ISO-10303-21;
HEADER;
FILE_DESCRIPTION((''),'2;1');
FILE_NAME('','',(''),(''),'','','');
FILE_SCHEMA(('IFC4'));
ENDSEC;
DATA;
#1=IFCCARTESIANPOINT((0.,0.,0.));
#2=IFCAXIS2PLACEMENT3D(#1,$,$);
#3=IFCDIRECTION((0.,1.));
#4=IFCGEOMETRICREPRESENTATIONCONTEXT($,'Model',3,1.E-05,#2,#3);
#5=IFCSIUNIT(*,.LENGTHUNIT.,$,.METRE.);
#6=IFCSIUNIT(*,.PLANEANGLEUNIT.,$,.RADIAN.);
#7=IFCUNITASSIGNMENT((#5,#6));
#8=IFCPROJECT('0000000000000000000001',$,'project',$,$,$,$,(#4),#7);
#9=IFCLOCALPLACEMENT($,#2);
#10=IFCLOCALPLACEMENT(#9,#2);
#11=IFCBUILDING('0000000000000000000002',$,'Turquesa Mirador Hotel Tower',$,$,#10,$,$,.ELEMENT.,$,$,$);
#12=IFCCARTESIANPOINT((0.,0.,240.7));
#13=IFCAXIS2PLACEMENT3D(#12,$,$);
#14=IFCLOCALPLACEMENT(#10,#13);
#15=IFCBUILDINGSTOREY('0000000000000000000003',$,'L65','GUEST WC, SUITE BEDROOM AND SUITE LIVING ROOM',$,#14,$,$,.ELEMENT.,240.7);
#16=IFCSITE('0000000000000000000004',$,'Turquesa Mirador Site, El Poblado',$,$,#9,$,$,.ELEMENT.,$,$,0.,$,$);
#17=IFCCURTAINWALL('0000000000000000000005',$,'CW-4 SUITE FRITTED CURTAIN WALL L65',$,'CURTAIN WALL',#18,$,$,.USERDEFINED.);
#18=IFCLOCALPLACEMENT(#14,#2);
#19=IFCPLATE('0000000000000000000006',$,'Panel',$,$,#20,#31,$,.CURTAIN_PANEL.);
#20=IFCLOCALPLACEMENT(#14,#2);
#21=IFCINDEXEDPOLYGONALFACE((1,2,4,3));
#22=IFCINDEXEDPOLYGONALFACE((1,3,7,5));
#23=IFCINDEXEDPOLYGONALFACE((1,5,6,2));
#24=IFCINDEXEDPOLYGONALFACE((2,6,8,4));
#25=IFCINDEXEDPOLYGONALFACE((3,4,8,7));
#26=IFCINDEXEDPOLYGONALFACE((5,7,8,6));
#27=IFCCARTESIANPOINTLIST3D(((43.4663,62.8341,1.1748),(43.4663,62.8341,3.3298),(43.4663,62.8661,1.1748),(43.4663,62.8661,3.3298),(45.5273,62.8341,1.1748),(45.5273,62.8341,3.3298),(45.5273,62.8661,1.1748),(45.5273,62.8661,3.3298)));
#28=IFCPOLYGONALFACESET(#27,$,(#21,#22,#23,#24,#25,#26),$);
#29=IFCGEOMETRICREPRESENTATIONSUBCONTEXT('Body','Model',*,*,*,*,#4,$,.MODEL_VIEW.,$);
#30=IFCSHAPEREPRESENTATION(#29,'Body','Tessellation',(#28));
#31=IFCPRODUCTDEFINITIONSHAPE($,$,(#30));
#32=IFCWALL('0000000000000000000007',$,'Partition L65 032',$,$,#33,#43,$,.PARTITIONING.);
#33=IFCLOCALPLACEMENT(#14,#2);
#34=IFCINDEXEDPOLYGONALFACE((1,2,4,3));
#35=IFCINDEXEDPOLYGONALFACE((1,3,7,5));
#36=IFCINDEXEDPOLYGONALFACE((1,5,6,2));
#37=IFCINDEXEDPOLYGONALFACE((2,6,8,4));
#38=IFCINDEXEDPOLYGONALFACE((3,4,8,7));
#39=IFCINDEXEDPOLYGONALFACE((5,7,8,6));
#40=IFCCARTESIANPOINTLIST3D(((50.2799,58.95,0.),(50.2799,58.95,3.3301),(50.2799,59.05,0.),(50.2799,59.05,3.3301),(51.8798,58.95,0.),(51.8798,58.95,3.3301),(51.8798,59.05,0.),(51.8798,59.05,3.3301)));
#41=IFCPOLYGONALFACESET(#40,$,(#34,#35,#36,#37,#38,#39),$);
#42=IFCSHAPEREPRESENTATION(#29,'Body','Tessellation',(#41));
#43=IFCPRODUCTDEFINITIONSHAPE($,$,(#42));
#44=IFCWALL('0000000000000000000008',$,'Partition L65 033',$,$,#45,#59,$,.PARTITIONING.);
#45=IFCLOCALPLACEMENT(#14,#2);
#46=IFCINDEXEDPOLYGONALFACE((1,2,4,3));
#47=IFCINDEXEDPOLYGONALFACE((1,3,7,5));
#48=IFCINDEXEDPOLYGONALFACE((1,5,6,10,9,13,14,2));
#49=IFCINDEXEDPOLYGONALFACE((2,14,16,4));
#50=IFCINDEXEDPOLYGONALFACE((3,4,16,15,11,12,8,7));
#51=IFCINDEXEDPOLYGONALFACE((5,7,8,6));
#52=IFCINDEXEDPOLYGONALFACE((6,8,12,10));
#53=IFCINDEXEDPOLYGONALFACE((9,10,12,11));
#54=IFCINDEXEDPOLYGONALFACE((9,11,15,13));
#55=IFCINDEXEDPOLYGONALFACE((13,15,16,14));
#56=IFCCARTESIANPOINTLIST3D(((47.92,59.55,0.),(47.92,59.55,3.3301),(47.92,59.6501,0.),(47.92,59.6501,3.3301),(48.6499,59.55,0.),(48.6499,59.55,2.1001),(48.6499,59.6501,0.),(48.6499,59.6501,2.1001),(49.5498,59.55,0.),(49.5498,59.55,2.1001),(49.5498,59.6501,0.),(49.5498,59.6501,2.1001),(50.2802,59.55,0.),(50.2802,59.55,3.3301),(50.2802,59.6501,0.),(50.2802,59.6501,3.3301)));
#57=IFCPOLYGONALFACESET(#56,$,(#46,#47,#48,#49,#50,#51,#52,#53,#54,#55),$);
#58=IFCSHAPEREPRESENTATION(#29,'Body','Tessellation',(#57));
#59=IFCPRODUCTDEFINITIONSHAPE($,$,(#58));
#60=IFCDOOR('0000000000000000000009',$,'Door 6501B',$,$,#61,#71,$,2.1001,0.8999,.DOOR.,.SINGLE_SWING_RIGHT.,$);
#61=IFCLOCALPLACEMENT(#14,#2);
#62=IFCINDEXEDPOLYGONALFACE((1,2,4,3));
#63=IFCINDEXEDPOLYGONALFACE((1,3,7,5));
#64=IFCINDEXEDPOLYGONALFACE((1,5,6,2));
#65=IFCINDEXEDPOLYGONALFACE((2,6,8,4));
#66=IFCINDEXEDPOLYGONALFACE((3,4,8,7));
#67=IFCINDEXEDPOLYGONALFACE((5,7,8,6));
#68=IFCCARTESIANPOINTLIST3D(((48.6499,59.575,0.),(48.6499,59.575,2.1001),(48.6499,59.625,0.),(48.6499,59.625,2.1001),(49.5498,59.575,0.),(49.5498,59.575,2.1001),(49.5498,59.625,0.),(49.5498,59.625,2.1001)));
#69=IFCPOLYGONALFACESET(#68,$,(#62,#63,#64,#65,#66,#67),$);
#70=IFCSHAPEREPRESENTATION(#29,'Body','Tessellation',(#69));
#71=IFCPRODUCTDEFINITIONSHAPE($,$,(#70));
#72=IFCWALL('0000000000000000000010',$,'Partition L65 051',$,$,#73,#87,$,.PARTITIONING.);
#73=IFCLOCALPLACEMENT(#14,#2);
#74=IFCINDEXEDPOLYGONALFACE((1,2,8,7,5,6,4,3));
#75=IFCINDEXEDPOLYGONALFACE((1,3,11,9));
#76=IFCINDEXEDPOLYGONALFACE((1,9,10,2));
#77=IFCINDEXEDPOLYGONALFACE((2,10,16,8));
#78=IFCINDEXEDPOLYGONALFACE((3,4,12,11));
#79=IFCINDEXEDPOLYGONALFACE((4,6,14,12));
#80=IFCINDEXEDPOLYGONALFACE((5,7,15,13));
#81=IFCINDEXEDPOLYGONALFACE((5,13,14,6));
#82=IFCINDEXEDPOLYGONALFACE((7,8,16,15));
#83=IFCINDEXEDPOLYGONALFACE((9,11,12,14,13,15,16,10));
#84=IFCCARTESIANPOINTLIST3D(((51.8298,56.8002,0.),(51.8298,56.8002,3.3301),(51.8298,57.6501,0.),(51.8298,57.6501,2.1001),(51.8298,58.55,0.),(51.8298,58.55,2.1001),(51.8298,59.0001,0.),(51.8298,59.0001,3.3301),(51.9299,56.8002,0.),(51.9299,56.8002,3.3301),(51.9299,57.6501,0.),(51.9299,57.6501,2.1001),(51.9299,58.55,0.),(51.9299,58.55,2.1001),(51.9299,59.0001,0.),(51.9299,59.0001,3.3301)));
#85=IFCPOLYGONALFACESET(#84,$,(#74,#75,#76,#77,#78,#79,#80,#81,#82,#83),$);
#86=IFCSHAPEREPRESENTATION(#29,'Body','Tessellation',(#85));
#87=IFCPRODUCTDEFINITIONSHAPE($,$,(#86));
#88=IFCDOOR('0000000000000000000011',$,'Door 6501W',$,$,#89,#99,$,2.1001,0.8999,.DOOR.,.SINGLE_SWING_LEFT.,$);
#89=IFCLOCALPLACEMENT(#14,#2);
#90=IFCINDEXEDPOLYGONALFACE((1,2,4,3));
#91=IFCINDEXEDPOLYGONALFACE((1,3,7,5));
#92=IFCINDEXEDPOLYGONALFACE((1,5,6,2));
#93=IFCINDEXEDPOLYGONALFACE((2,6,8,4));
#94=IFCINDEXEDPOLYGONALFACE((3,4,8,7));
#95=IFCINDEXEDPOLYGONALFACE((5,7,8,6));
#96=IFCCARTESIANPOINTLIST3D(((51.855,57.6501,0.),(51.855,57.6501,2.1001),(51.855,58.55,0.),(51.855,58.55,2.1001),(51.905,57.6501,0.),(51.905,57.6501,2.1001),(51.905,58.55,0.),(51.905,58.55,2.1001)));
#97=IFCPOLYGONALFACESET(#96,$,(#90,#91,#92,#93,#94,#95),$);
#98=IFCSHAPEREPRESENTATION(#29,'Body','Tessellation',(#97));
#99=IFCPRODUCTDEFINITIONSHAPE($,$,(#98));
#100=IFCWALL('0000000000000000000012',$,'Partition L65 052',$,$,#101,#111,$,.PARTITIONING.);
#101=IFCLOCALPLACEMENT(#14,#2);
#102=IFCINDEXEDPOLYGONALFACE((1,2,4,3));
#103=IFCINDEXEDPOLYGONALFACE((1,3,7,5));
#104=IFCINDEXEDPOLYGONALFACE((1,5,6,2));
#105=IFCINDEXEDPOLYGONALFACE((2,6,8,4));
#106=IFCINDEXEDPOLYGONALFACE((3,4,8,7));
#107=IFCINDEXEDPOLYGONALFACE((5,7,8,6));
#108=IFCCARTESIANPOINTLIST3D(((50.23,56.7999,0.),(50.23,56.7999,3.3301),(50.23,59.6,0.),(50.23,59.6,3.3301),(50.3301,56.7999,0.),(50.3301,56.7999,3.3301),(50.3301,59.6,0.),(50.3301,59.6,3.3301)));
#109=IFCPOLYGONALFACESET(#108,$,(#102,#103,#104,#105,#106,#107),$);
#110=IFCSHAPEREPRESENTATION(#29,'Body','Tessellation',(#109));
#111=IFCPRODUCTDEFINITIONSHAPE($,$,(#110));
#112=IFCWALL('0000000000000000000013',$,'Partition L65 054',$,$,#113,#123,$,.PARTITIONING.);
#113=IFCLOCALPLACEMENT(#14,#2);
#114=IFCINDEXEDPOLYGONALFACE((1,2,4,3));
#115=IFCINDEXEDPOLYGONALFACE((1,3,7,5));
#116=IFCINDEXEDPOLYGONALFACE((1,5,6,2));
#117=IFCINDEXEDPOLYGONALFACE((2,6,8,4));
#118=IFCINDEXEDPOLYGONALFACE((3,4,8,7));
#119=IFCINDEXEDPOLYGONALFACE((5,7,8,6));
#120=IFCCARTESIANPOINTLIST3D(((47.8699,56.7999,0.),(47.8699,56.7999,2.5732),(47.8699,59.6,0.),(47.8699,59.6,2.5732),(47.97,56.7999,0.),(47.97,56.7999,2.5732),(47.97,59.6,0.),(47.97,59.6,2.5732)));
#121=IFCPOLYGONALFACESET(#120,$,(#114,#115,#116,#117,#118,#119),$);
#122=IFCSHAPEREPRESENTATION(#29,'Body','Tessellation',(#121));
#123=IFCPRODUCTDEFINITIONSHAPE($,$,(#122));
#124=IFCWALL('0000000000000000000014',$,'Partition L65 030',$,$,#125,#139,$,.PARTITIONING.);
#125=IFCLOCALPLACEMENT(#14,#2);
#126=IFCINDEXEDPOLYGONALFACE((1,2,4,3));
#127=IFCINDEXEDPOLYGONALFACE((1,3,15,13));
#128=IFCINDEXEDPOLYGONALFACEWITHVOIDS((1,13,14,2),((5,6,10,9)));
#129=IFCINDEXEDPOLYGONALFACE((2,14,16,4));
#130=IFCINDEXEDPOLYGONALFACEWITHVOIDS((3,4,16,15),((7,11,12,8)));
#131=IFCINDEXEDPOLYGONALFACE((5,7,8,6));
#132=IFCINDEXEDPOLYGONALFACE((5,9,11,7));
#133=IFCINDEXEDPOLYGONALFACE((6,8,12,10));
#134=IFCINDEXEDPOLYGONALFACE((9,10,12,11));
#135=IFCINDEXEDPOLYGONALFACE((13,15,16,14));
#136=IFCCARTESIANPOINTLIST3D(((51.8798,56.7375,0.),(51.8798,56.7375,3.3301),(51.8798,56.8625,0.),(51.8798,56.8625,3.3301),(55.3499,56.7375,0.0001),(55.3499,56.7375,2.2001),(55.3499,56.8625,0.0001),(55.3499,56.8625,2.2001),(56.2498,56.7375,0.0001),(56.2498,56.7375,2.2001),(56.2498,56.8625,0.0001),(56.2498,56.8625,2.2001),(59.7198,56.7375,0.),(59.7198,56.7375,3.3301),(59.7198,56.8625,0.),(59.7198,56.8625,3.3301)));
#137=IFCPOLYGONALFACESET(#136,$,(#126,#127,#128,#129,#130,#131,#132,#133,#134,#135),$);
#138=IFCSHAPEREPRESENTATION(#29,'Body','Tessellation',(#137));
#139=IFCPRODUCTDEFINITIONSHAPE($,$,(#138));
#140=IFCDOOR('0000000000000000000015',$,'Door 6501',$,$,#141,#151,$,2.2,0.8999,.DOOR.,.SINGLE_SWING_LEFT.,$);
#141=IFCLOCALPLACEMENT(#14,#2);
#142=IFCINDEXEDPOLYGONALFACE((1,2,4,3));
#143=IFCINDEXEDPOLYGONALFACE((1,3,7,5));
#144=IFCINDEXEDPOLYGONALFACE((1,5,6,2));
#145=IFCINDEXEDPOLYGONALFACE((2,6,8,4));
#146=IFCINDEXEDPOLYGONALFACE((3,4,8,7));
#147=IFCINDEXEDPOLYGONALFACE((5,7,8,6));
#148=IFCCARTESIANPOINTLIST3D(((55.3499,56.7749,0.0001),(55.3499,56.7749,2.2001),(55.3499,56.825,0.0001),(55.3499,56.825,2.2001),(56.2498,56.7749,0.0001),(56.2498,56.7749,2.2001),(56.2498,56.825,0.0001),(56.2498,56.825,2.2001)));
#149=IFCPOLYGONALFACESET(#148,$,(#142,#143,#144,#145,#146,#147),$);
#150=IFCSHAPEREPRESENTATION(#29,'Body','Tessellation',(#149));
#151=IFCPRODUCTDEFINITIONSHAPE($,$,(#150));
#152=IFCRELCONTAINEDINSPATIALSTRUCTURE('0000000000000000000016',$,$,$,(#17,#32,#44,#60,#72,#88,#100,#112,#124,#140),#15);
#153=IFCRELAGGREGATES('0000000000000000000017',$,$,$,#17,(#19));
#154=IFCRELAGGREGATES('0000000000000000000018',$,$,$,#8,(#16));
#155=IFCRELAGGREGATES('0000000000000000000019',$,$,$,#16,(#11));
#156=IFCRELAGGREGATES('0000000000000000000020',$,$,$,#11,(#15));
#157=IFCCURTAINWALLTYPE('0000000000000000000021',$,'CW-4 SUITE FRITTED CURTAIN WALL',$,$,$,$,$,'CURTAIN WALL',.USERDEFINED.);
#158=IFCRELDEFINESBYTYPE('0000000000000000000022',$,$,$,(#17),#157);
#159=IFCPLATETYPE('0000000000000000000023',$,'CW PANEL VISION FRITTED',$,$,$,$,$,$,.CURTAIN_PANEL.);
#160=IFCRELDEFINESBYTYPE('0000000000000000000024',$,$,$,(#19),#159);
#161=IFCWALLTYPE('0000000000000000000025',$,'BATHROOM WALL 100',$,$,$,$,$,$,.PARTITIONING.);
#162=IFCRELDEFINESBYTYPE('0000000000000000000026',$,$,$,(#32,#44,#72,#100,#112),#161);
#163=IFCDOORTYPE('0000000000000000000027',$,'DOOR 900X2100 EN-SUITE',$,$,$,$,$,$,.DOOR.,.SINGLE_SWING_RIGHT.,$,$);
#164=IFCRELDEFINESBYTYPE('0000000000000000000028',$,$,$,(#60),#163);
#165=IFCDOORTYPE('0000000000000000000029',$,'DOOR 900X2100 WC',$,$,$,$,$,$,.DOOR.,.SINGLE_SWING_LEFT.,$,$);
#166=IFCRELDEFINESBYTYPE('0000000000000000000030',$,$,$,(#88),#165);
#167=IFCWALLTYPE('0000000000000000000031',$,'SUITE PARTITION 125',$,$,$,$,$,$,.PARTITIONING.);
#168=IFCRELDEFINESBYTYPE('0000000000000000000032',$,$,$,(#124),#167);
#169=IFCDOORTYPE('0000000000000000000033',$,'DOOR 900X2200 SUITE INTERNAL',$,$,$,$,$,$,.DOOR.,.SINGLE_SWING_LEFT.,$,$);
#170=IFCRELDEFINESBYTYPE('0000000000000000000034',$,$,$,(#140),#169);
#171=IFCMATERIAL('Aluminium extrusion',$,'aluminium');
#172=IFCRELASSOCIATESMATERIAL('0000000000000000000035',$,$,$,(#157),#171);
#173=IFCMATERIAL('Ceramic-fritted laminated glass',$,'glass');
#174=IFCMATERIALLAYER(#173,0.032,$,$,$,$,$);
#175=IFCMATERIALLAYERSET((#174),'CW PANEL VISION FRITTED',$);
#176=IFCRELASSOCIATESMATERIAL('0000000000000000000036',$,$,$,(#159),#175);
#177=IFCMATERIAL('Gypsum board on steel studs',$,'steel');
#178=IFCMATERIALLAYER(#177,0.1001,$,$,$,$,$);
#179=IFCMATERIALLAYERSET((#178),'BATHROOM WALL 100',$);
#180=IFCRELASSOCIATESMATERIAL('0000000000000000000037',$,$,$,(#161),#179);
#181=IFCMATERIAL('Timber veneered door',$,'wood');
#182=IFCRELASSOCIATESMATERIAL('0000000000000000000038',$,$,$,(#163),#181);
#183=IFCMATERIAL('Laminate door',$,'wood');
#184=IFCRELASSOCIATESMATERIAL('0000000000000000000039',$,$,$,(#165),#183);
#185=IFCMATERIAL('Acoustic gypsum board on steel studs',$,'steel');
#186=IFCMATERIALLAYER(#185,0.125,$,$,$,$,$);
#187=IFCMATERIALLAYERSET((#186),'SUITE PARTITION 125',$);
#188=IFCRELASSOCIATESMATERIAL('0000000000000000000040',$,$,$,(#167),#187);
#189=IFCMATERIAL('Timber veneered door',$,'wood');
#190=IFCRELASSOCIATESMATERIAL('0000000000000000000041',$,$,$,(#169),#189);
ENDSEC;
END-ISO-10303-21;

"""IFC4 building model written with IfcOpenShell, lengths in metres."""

from ifc_helpers import new_model, si_unit, direction, frame, frame_2d, origin, origin_2d, place, context, subcontext, project, spatial, rectangle, extrude, material, layer, layer_set, type_object, element, fill, aggregate, save


model = new_model("IFC4")

# Units and contexts
model_context = context("Model", 3, precision=1e-05, world=origin(), true_north=direction((0.0, 1.0)))
body_context = subcontext(model_context, "Body", "Model", "MODEL_VIEW")
ifc_project = project(units=[si_unit("LENGTHUNIT", "METRE"), si_unit("PLANEANGLEUNIT", "RADIAN")], contexts=[model_context])

# Site, building, storey
site_placement = place(None, origin())
site = spatial("IfcSite", under=ifc_project, at=site_placement, Name="Turquesa Mirador Site, El Poblado", CompositionType="ELEMENT", RefElevation=0.0)
building_placement = place(site_placement, origin())
building = spatial("IfcBuilding", under=site, at=building_placement, Name="Turquesa Mirador Hotel Tower", CompositionType="ELEMENT")
storey_placement = place(building_placement, frame((0.0, 0.0, 240.7)))
storey = spatial("IfcBuildingStorey", under=building, at=storey_placement, Name="L65", Description="GUEST WC, SUITE BEDROOM AND SUITE LIVING ROOM", CompositionType="ELEMENT", Elevation=240.7)

# Curtain wall
ifc_material_1 = material(Name="Aluminium extrusion", Category="aluminium")
curtain_wall_type = type_object("IfcCurtainWallType", Name="CW-4 SUITE FRITTED CURTAIN WALL", ElementType="CURTAIN WALL", PredefinedType="USERDEFINED", material=ifc_material_1)
curtain_wall_1_placement = place(storey_placement, origin())
curtain_wall_1 = element("IfcCurtainWall", 1, at=curtain_wall_1_placement, inside=storey, type_object=curtain_wall_type, Name="CW-4 SUITE FRITTED CURTAIN WALL L65", ObjectType="CURTAIN WALL", PredefinedType="USERDEFINED")

# Plate
ifc_material_2 = material(Name="Ceramic-fritted laminated glass", Category="glass")
ifc_layer_1 = layer(ifc_material_2, 0.032)
ifc_layer_set_1 = layer_set([ifc_layer_1], Name="CW PANEL VISION FRITTED")
plate_type_1 = type_object("IfcPlateType", Name="CW PANEL VISION FRITTED", PredefinedType="CURTAIN_PANEL", material=ifc_layer_set_1)
plate_1_placement = place(storey_placement, frame((44.4968, 62.8501, 1.1748), z_axis=(0.0, 0.0, 1.0), x_axis=(-1.0, 0.0, 0.0)))
plate_1 = element("IfcPlate", 2, at=plate_1_placement, type_object=plate_type_1, Name="Panel", PredefinedType="CURTAIN_PANEL", context=body_context, shape_type="SweptSolid", body=[
    extrude(rectangle(XDim=2.061, YDim=0.032, at=origin_2d()), origin(), (0.0, 0.0, 1.0), 2.155),
])
aggregate(curtain_wall_1, [plate_1])

# Wall
ifc_material_3 = material(Name="Gypsum board on steel studs", Category="steel")
ifc_layer_2 = layer(ifc_material_3, 0.1001)
ifc_layer_set_2 = layer_set([ifc_layer_2], Name="BATHROOM WALL 100")
wall_type_1 = type_object("IfcWallType", Name="BATHROOM WALL 100", PredefinedType="PARTITIONING", material=ifc_layer_set_2)
wall_1_placement = place(storey_placement, frame((50.28, 59.0, 0.0), z_axis=(0.0, 0.0, 1.0), x_axis=(1.0, 0.0, 0.0)))
element("IfcWall", 3, at=wall_1_placement, inside=storey, type_object=wall_type_1, Name="Partition L65 032", PredefinedType="PARTITIONING", context=body_context, shape_type="SweptSolid", body=[
    extrude(rectangle(XDim=1.5999, YDim=0.1001, at=frame_2d((0.7998, 0.0))), origin(), (0.0, 0.0, 1.0), 3.3301),
])

# Walls, openings, doors
wall_2_placement = place(storey_placement, frame((47.9199, 59.6001, 0.0), z_axis=(0.0, 0.0, 1.0), x_axis=(1.0, 0.0, 0.0)))
wall_2 = element("IfcWall", 4, at=wall_2_placement, inside=storey, type_object=wall_type_1, Name="Partition L65 033", PredefinedType="PARTITIONING", context=body_context, shape_type="SweptSolid", body=[
    extrude(rectangle(XDim=2.3601, YDim=0.1001, at=frame_2d((1.1802, 0.0))), origin(), (0.0, 0.0, 1.0), 3.3301),
])
opening_1_placement = place(wall_2_placement, frame((0.73, 0.0, 0.0)))
opening_1 = element("IfcOpeningElement", 5, at=opening_1_placement, cuts=wall_2, PredefinedType="OPENING", context=body_context, shape_type="SweptSolid", body=[
    extrude(rectangle(XDim=0.8999, YDim=2.1001, at=frame_2d((0.45, 1.05))), frame((0.0, 0.0601, 0.0), z_axis=(0.0, -1.0, 0.0), x_axis=(1.0, 0.0, 0.0)), (0.0, 0.0, 1.0), 0.1201),
])
ifc_material_4 = material(Name="Timber veneered door", Category="wood")
door_type_1 = type_object("IfcDoorType", Name="DOOR 900X2100 EN-SUITE", OperationType="SINGLE_SWING_RIGHT", PredefinedType="DOOR", material=ifc_material_4)
door_1_placement = place(opening_1_placement, origin())
door_1 = element("IfcDoor", 6, at=door_1_placement, inside=storey, type_object=door_type_1, Name="Door 6501B", OperationType="SINGLE_SWING_RIGHT", OverallHeight=2.1001, OverallWidth=0.8999, PredefinedType="DOOR", context=body_context, shape_type="SweptSolid", body=[
    extrude(rectangle(XDim=0.8999, YDim=2.1001, at=frame_2d((0.45, 1.05))), frame((0.0, 0.0249, 0.0), z_axis=(0.0, -1.0, 0.0), x_axis=(1.0, 0.0, 0.0)), (0.0, 0.0, 1.0), 0.05),
])
fill(opening_1, door_1)
wall_3_placement = place(storey_placement, frame((51.8799, 56.8, 0.0), z_axis=(0.0, 0.0, 1.0), x_axis=(0.0, 1.0, 0.0)))
wall_3 = element("IfcWall", 7, at=wall_3_placement, inside=storey, type_object=wall_type_1, Name="Partition L65 051", PredefinedType="PARTITIONING", context=body_context, shape_type="SweptSolid", body=[
    extrude(rectangle(XDim=2.2, YDim=0.1001, at=frame_2d((1.1001, 0.0))), origin(), (0.0, 0.0, 1.0), 3.3301),
])
opening_2_placement = place(wall_3_placement, frame((0.8501, 0.0, 0.0)))
opening_2 = element("IfcOpeningElement", 8, at=opening_2_placement, cuts=wall_3, PredefinedType="OPENING", context=body_context, shape_type="SweptSolid", body=[
    extrude(rectangle(XDim=0.8999, YDim=2.1001, at=frame_2d((0.45, 1.05))), frame((0.0, 0.0601, 0.0), z_axis=(0.0, -1.0, 0.0), x_axis=(1.0, 0.0, 0.0)), (0.0, 0.0, 1.0), 0.1201),
])
ifc_material_5 = material(Name="Laminate door", Category="wood")
door_type_2 = type_object("IfcDoorType", Name="DOOR 900X2100 WC", OperationType="SINGLE_SWING_LEFT", PredefinedType="DOOR", material=ifc_material_5)
door_2_placement = place(opening_2_placement, origin())
door_2 = element("IfcDoor", 9, at=door_2_placement, inside=storey, type_object=door_type_2, Name="Door 6501W", OperationType="SINGLE_SWING_LEFT", OverallHeight=2.1001, OverallWidth=0.8999, PredefinedType="DOOR", context=body_context, shape_type="SweptSolid", body=[
    extrude(rectangle(XDim=0.8999, YDim=2.1001, at=frame_2d((0.45, 1.05))), frame((0.0, 0.0249, 0.0), z_axis=(0.0, -1.0, 0.0), x_axis=(1.0, 0.0, 0.0)), (0.0, 0.0, 1.0), 0.05),
])
fill(opening_2, door_2)

# Walls
wall_4_placement = place(storey_placement, frame((50.28, 56.8, 0.0), z_axis=(0.0, 0.0, 1.0), x_axis=(0.0, 1.0, 0.0)))
element("IfcWall", 10, at=wall_4_placement, inside=storey, type_object=wall_type_1, Name="Partition L65 052", PredefinedType="PARTITIONING", context=body_context, shape_type="SweptSolid", body=[
    extrude(rectangle(XDim=2.8, YDim=0.1001, at=frame_2d((1.3999, 0.0))), origin(), (0.0, 0.0, 1.0), 3.3301),
])
wall_5_placement = place(storey_placement, frame((47.9199, 56.8, 0.0), z_axis=(0.0, 0.0, 1.0), x_axis=(0.0, 1.0, 0.0)))
element("IfcWall", 11, at=wall_5_placement, inside=storey, type_object=wall_type_1, Name="Partition L65 054", PredefinedType="PARTITIONING", context=body_context, shape_type="SweptSolid", body=[
    extrude(rectangle(XDim=2.8, YDim=0.1001, at=frame_2d((1.3999, 0.0))), origin(), (0.0, 0.0, 1.0), 2.5732),
])

# Wall, opening, door
ifc_material_6 = material(Name="Acoustic gypsum board on steel studs", Category="steel")
ifc_layer_3 = layer(ifc_material_6, 0.125)
ifc_layer_set_3 = layer_set([ifc_layer_3], Name="SUITE PARTITION 125")
wall_type_2 = type_object("IfcWallType", Name="SUITE PARTITION 125", PredefinedType="PARTITIONING", material=ifc_layer_set_3)
wall_6_placement = place(storey_placement, frame((51.8799, 56.8, 0.0), z_axis=(0.0, 0.0, 1.0), x_axis=(1.0, 0.0, 0.0)))
wall_6 = element("IfcWall", 12, at=wall_6_placement, inside=storey, type_object=wall_type_2, Name="Partition L65 030", PredefinedType="PARTITIONING", context=body_context, shape_type="SweptSolid", body=[
    extrude(rectangle(XDim=7.8401, YDim=0.125, at=frame_2d((3.9199, 0.0))), origin(), (0.0, 0.0, 1.0), 3.3301),
])
opening_3_placement = place(wall_6_placement, frame((3.47, 0.0, 0.0)))
opening_3 = element("IfcOpeningElement", 13, at=opening_3_placement, cuts=wall_6, PredefinedType="OPENING", context=body_context, shape_type="SweptSolid", body=[
    extrude(rectangle(XDim=0.8999, YDim=2.2, at=frame_2d((0.45, 1.1001))), frame((0.0, 0.0725, 0.0), z_axis=(0.0, -1.0, 0.0), x_axis=(1.0, 0.0, 0.0)), (0.0, 0.0, 1.0), 0.145),
])
ifc_material_7 = material(Name="Timber veneered door", Category="wood")
door_type_3 = type_object("IfcDoorType", Name="DOOR 900X2200 SUITE INTERNAL", OperationType="SINGLE_SWING_LEFT", PredefinedType="DOOR", material=ifc_material_7)
door_3_placement = place(opening_3_placement, origin())
door_3 = element("IfcDoor", 14, at=door_3_placement, inside=storey, type_object=door_type_3, Name="Door 6501", OperationType="SINGLE_SWING_LEFT", OverallHeight=2.2, OverallWidth=0.8999, PredefinedType="DOOR", context=body_context, shape_type="SweptSolid", body=[
    extrude(rectangle(XDim=0.8999, YDim=2.2, at=frame_2d((0.45, 1.1001))), frame((0.0, 0.0249, 0.0), z_axis=(0.0, -1.0, 0.0), x_axis=(1.0, 0.0, 0.0)), (0.0, 0.0, 1.0), 0.05),
])
fill(opening_3, door_3)

save(model, "model.ifc")
